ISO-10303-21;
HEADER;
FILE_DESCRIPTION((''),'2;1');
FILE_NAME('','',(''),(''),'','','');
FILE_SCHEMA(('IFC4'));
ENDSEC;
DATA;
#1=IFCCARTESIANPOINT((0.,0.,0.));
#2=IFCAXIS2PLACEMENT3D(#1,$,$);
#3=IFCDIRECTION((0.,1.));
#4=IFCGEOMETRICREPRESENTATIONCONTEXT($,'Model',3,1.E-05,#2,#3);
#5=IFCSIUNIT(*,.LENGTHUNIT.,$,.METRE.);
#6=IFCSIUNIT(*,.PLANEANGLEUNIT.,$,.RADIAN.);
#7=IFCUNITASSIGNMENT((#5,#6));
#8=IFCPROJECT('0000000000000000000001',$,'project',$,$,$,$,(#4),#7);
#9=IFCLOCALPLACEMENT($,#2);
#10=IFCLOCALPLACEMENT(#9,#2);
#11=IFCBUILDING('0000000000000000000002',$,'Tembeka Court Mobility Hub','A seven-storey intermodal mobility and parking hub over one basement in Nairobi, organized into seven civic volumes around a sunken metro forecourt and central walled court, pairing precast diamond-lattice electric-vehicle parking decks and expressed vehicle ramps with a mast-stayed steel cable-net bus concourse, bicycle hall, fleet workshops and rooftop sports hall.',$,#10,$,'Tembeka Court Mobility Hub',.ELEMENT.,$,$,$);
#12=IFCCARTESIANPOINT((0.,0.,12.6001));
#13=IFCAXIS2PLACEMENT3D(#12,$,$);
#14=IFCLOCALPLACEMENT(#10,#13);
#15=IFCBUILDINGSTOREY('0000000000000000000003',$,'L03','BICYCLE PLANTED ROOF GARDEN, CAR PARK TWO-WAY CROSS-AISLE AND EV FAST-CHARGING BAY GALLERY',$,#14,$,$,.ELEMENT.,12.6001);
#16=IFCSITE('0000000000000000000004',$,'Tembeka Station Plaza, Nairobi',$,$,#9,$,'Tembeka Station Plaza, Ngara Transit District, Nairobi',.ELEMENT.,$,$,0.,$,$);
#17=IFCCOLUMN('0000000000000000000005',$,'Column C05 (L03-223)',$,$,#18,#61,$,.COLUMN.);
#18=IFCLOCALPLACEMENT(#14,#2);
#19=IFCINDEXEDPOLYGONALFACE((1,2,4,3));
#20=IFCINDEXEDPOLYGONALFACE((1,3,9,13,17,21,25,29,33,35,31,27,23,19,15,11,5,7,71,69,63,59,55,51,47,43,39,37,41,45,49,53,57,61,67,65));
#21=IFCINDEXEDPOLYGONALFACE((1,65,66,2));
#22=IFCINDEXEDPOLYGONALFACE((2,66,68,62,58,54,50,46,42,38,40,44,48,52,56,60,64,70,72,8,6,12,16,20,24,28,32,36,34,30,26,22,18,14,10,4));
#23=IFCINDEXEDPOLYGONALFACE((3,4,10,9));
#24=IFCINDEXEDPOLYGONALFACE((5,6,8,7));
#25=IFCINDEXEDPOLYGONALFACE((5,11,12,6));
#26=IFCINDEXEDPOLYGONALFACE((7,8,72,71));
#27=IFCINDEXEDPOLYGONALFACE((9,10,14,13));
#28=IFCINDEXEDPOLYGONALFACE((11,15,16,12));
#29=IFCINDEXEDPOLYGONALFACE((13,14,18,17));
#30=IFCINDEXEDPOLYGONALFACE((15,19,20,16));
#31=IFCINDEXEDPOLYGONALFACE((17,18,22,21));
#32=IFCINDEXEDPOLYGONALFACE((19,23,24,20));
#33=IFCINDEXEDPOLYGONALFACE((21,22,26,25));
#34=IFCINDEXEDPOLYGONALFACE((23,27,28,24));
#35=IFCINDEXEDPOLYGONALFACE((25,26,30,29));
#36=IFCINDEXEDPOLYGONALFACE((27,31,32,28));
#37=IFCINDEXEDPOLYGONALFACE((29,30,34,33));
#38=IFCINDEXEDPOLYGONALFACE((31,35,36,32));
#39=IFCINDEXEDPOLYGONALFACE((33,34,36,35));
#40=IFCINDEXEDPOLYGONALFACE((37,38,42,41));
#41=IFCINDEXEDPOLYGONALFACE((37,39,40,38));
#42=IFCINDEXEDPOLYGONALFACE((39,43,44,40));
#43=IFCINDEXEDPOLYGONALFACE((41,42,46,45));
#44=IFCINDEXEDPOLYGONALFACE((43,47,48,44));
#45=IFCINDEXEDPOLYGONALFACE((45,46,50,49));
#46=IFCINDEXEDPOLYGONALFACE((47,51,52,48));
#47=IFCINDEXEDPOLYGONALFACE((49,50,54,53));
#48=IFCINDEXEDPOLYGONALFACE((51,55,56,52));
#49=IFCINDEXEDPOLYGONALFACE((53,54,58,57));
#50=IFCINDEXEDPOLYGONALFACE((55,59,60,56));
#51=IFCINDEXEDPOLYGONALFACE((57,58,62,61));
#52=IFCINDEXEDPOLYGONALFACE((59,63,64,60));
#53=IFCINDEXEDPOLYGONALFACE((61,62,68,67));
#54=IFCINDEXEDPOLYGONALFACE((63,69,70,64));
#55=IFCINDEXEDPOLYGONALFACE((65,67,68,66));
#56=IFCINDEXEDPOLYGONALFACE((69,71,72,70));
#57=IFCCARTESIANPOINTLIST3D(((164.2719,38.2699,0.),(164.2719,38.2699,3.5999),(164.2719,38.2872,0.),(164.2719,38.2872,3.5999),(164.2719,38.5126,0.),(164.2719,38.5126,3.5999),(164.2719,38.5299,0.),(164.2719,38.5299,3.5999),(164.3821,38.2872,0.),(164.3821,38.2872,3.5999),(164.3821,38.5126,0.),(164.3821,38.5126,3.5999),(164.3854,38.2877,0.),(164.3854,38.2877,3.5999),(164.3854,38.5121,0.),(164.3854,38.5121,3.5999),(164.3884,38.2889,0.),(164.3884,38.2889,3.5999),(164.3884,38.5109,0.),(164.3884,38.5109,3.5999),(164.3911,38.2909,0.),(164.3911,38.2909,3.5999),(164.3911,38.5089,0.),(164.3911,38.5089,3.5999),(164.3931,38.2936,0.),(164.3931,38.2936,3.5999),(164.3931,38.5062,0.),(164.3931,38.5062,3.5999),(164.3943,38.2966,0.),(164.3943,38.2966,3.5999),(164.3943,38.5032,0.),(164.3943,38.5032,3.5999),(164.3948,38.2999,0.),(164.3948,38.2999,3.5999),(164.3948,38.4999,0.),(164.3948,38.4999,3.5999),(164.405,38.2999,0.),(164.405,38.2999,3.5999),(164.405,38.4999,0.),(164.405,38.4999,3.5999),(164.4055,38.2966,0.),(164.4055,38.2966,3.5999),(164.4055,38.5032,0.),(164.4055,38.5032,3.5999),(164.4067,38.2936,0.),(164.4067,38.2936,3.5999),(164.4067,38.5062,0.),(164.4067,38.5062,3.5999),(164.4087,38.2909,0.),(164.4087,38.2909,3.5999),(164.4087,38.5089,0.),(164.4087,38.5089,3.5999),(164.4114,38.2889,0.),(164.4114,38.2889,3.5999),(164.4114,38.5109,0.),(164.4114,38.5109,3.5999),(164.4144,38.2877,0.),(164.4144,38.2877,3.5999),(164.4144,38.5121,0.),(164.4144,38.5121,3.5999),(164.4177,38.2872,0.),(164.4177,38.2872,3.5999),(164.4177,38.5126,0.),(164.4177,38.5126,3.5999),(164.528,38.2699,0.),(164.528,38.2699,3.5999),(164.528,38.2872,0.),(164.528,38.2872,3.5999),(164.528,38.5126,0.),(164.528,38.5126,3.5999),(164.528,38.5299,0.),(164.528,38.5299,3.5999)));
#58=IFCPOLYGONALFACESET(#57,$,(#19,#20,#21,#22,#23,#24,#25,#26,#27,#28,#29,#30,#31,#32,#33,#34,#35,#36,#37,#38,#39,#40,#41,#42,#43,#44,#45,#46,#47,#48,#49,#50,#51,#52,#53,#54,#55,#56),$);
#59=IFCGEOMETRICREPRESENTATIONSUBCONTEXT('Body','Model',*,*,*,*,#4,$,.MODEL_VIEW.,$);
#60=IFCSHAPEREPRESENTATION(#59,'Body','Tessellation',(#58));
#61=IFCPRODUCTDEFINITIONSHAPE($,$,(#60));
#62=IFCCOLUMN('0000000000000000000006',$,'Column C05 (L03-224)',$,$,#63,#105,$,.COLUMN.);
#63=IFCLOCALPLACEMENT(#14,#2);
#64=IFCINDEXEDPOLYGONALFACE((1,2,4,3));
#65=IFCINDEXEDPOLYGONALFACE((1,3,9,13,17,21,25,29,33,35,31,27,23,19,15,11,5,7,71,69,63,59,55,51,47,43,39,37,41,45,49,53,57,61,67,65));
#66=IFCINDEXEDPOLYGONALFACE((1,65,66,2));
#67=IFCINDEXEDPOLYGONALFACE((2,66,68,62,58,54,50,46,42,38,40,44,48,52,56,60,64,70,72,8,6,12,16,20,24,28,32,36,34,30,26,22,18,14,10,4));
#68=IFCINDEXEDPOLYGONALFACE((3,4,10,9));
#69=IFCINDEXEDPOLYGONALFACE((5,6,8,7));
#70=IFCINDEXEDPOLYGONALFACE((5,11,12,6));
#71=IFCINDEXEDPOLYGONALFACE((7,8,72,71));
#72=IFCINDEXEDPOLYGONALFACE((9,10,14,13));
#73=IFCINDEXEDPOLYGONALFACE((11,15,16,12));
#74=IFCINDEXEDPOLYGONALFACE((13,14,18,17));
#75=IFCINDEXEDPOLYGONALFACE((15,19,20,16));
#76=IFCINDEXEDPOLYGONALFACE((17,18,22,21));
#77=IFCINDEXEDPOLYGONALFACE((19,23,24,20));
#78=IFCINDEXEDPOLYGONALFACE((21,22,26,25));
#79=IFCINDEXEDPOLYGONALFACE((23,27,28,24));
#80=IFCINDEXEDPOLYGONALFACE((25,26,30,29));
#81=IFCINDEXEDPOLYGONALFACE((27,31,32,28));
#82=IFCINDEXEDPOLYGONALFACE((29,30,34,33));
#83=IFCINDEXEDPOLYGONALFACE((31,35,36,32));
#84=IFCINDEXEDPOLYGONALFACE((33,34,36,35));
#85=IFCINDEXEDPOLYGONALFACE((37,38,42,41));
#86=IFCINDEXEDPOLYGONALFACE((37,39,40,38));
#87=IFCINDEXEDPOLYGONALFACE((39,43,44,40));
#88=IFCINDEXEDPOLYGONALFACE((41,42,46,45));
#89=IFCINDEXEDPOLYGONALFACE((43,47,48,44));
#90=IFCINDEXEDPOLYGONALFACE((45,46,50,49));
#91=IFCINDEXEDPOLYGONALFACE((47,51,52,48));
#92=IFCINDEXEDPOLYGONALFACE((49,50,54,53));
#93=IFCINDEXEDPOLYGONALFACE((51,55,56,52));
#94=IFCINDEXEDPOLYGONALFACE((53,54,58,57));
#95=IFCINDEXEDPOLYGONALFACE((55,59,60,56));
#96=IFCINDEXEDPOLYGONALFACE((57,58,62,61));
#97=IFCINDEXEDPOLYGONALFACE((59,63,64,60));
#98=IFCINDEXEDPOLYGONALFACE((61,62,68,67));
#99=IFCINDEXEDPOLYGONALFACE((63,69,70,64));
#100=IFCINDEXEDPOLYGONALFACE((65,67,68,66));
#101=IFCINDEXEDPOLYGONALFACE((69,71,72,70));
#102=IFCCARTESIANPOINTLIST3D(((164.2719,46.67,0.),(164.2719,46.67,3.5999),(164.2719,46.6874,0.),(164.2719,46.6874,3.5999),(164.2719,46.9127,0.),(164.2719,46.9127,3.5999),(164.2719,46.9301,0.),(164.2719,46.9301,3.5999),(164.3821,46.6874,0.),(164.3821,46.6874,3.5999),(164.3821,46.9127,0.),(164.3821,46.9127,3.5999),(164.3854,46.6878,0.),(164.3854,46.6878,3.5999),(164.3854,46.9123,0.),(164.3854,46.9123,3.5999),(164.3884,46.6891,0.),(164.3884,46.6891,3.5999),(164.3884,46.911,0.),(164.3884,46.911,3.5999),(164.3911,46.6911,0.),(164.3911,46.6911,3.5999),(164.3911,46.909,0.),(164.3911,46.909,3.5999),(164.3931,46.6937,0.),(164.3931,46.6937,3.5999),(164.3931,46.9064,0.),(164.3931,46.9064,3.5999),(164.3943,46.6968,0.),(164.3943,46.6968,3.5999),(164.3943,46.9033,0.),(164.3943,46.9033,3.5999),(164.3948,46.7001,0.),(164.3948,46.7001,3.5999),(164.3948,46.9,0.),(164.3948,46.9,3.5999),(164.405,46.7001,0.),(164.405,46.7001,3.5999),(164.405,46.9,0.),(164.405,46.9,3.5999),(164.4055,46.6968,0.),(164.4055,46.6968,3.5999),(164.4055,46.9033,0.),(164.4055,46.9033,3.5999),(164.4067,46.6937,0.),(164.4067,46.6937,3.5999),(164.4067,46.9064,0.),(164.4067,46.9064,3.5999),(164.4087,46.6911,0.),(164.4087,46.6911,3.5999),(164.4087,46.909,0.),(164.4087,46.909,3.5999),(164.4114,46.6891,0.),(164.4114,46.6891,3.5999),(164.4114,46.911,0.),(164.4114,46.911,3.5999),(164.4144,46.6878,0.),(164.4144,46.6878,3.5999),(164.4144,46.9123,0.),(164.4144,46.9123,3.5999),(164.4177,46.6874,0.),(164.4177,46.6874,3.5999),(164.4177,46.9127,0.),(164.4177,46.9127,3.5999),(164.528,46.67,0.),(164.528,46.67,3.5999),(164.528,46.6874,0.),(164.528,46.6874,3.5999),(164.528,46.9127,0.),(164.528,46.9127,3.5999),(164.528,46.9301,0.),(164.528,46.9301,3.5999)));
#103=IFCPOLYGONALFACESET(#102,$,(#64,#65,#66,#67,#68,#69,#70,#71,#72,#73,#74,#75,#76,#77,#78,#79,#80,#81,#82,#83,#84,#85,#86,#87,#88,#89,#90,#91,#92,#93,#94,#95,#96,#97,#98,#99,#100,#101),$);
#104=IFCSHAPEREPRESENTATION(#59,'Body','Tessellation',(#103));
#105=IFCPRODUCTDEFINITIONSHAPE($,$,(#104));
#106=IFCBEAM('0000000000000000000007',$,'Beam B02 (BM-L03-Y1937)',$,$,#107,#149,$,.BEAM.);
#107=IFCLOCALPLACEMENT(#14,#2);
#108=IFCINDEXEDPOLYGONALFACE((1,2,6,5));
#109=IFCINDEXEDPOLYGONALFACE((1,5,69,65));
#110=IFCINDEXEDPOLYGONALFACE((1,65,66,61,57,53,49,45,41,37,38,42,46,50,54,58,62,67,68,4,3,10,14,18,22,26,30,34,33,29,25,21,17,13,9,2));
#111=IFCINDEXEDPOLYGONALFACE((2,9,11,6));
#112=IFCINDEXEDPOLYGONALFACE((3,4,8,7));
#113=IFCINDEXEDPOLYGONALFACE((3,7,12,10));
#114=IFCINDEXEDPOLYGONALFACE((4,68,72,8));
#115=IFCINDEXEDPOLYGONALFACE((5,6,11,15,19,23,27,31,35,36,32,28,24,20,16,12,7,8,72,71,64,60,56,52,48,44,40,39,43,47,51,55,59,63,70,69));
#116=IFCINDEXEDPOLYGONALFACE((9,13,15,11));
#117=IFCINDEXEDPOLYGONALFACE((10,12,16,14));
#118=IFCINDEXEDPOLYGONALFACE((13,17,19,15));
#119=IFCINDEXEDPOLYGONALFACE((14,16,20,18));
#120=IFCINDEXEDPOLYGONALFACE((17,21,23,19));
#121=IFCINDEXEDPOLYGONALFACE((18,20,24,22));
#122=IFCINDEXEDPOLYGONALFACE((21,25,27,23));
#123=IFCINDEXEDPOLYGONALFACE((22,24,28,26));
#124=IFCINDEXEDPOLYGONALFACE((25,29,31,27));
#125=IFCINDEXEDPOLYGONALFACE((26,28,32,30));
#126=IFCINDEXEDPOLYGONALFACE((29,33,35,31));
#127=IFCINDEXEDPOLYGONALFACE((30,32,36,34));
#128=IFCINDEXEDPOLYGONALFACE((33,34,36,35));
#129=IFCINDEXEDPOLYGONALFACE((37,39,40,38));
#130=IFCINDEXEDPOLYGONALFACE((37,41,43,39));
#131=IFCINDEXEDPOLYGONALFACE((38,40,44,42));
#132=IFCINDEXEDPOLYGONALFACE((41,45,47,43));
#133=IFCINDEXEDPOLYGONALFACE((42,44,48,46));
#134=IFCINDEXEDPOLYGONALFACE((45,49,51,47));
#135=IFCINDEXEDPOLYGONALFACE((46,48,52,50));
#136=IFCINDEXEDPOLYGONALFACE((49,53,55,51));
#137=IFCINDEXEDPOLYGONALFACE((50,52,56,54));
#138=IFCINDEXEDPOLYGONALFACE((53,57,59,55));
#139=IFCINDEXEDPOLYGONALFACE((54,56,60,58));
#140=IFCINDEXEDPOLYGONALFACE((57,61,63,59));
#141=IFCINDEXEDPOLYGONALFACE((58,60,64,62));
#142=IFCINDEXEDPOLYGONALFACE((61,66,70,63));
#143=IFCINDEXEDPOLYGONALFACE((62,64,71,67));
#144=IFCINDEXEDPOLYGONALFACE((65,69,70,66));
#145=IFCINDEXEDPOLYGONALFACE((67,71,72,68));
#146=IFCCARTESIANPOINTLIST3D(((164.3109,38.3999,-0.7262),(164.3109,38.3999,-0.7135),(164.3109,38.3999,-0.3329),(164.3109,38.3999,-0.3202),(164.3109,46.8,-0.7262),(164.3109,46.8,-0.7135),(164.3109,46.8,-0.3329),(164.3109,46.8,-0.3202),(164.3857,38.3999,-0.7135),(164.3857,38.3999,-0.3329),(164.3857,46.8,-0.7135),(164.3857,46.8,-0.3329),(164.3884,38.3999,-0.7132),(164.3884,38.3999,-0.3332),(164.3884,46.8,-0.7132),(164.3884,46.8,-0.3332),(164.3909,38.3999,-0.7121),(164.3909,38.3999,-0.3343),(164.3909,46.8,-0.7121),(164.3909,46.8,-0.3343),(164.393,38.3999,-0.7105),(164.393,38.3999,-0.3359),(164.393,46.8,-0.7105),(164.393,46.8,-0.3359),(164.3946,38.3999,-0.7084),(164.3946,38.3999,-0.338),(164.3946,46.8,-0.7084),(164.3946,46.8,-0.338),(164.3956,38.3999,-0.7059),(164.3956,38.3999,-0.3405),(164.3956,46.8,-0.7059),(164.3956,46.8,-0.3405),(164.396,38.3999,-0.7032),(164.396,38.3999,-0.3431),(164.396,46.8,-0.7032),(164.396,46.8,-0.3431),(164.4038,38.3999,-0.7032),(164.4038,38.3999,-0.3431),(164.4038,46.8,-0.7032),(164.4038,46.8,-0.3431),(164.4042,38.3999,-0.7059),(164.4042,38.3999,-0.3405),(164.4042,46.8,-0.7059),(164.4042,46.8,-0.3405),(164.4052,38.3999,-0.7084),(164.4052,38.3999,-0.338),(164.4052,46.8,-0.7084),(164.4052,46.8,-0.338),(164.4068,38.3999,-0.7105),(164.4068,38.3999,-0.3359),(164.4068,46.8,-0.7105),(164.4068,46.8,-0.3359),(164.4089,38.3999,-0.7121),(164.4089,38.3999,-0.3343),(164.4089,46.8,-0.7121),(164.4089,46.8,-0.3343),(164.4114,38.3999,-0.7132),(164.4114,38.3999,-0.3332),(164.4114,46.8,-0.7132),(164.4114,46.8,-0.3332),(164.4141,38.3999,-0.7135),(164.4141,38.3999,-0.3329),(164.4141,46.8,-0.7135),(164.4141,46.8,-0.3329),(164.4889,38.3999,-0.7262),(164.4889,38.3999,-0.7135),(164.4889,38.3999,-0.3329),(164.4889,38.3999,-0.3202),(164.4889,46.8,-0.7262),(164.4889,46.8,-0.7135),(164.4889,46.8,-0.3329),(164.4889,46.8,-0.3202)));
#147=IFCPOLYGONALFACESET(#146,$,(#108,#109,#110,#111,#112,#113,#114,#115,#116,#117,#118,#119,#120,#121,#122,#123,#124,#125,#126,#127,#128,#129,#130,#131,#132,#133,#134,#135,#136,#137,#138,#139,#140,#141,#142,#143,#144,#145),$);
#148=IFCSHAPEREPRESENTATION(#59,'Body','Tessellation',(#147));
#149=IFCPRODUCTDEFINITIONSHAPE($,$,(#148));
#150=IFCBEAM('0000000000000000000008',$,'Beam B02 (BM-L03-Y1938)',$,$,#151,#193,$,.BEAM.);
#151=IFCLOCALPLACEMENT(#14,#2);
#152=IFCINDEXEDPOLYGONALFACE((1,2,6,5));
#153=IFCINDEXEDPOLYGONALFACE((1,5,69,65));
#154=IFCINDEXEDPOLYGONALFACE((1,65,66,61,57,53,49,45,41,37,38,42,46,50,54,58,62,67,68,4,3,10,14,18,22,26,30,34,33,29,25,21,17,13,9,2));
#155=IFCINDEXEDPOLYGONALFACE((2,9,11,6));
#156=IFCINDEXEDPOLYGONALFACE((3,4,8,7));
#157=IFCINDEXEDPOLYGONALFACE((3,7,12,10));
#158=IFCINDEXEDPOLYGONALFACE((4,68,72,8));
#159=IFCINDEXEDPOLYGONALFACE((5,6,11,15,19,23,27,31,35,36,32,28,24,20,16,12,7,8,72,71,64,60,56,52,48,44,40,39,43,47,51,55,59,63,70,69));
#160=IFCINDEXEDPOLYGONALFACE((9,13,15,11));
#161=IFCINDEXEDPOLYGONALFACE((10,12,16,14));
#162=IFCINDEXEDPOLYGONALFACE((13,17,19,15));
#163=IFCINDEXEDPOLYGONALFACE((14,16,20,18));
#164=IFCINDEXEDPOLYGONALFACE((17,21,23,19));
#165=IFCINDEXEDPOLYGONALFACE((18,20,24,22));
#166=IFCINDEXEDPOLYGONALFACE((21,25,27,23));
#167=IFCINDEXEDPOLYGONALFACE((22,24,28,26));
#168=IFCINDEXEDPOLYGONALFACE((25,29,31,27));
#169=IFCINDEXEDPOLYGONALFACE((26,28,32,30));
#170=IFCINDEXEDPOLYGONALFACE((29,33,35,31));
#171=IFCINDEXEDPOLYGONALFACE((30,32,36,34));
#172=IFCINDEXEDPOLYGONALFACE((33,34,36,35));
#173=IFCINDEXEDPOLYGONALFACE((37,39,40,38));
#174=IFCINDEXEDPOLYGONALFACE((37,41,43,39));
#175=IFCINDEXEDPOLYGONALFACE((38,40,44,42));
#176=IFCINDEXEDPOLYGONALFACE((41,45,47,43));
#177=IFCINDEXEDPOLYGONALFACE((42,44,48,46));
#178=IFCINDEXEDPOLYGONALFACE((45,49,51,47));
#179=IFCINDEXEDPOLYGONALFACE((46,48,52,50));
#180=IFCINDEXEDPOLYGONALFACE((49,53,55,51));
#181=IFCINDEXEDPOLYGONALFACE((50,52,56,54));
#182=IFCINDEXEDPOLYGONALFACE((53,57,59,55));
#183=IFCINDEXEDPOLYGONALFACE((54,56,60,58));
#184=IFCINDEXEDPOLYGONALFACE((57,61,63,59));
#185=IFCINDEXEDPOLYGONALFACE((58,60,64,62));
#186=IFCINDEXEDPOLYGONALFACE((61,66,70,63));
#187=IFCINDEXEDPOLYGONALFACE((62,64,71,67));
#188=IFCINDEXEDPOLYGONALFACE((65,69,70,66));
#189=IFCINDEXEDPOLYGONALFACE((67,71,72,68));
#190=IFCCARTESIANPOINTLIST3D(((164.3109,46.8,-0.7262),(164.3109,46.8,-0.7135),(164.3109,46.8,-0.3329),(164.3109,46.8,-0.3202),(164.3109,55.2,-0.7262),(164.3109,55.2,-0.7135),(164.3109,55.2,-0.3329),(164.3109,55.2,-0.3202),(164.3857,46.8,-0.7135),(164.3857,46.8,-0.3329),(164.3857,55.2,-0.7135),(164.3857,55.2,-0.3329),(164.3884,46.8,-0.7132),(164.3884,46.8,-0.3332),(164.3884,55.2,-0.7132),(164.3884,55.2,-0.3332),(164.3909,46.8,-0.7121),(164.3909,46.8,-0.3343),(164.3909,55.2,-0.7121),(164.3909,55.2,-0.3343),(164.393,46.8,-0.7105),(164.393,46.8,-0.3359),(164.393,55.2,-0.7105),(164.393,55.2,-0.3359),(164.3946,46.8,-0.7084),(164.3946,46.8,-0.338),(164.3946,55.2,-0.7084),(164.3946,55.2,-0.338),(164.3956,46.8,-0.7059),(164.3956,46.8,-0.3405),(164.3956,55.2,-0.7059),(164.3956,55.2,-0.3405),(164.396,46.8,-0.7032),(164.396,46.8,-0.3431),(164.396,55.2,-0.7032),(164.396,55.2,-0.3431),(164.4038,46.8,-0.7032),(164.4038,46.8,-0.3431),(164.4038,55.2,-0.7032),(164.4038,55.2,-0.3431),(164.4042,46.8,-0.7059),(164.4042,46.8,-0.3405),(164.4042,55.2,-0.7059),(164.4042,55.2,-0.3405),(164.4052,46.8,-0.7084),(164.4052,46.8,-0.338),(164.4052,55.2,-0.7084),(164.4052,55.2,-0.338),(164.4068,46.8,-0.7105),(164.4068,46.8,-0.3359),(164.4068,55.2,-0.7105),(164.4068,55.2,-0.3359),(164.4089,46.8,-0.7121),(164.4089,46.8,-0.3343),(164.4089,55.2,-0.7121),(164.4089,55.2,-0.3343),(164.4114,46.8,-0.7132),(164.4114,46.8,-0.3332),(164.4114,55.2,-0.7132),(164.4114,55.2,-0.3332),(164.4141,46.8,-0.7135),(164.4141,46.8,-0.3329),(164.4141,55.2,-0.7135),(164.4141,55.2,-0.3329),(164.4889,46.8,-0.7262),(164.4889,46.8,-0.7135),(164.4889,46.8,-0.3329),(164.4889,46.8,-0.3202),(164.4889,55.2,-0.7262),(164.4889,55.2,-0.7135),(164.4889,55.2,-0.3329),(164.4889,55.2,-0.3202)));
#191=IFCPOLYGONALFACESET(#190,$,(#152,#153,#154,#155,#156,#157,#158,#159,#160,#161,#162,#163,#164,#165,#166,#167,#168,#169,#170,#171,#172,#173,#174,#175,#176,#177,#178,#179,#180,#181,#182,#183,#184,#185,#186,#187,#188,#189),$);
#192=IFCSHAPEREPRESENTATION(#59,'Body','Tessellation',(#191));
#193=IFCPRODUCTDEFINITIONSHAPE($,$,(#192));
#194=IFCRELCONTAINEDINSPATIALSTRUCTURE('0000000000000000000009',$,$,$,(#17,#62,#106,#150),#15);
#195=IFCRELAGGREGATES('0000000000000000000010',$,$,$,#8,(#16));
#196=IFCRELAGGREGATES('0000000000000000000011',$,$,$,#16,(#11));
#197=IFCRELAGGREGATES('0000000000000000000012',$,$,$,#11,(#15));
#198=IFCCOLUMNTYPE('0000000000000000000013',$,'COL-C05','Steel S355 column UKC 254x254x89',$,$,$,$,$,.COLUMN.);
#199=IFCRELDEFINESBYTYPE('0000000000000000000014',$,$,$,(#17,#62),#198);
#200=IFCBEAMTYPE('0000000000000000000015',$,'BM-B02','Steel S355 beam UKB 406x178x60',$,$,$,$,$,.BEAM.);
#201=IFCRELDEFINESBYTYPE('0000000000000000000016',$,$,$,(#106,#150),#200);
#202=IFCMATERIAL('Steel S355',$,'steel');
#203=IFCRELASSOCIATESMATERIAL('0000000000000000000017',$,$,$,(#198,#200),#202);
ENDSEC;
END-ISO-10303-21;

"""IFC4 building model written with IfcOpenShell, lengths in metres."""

from ifc_helpers import new_model, si_unit, direction, frame, origin, origin_2d, place, context, subcontext, project, spatial, i_section, extrude, material, material_profile, profile_set, type_object, element, save


model = new_model("IFC4")

# Units and contexts
model_context = context("Model", 3, precision=1e-05, world=origin(), true_north=direction((0.0, 1.0)))
body_context = subcontext(model_context, "Body", "Model", "MODEL_VIEW")
ifc_project = project(units=[si_unit("LENGTHUNIT", "METRE"), si_unit("PLANEANGLEUNIT", "RADIAN")], contexts=[model_context])

# Site, building, storey
site_placement = place(None, origin())
site = spatial("IfcSite", under=ifc_project, at=site_placement, Name="Tembeka Station Plaza, Nairobi", LongName="Tembeka Station Plaza, Ngara Transit District, Nairobi", CompositionType="ELEMENT", RefElevation=0.0)
building_placement = place(site_placement, origin())
building = spatial("IfcBuilding", under=site, at=building_placement, Name="Tembeka Court Mobility Hub", Description="A seven-storey intermodal mobility and parking hub over one basement in Nairobi, organized into seven civic volumes around a sunken metro forecourt and central walled court, pairing precast diamond-lattice electric-vehicle parking decks and expressed vehicle ramps with a mast-stayed steel cable-net bus concourse, bicycle hall, fleet workshops and rooftop sports hall.", LongName="Tembeka Court Mobility Hub", CompositionType="ELEMENT")
storey_placement = place(building_placement, frame((0.0, 0.0, 12.6001)))
storey = spatial("IfcBuildingStorey", under=building, at=storey_placement, Name="L03", Description="BICYCLE PLANTED ROOF GARDEN, CAR PARK TWO-WAY CROSS-AISLE AND EV FAST-CHARGING BAY GALLERY", CompositionType="ELEMENT", Elevation=12.6001)

# Columns
ifc_material_1 = material(Name="Steel S355", Category="steel")
ifc_material_profile_1 = material_profile(ifc_material_1, i_section(OverallWidth=0.2561, OverallDepth=0.26, WebThickness=0.0103, FlangeThickness=0.0173, FilletRadius=0.0127, at=origin_2d()), Name="UKC 254x254x89")
ifc_profile_set_1 = profile_set([ifc_material_profile_1], Name="Steel S355")
column_type = type_object("IfcColumnType", Name="COL-C05", Description="Steel S355 column UKC 254x254x89", PredefinedType="COLUMN", material=ifc_profile_set_1)
for number, where, z_axis, x_axis, name in (
    (1, (164.3999, 38.3999, 0.0), (0.0, 0.0, 1.0), (1.0, 0.0, 0.0), "Column C05 (L03-223)"),
    (2, (164.3999, 46.8, 0.0), (0.0, 0.0, 1.0), (1.0, 0.0, 0.0), "Column C05 (L03-224)"),
):
    element("IfcColumn", number, at=place(storey_placement, frame(where, z_axis=z_axis, x_axis=x_axis)), inside=storey, type_object=column_type, Name=name, PredefinedType="COLUMN", context=body_context, shape_type="SweptSolid", body=[
        extrude(i_section(OverallWidth=0.2561, OverallDepth=0.26, WebThickness=0.0103, FlangeThickness=0.0173, FilletRadius=0.0127, at=origin_2d()), origin(), (0.0, 0.0, 1.0), 3.5999),
    ])

# Beams
ifc_material_profile_2 = material_profile(ifc_material_1, i_section(OverallWidth=0.178, OverallDepth=0.406, WebThickness=0.0078, FlangeThickness=0.0127, FilletRadius=0.0103, at=origin_2d()), Name="UKB 406x178x60")
ifc_profile_set_2 = profile_set([ifc_material_profile_2], Name="Steel S355")
beam_type_1 = type_object("IfcBeamType", Name="BM-B02", Description="Steel S355 beam UKB 406x178x60", PredefinedType="BEAM", material=ifc_profile_set_2)
beam_1_placement = place(storey_placement, frame((164.3999, 38.3999, -0.5232), z_axis=(0.0, 1.0, 0.0), x_axis=(-1.0, 0.0, 0.0)))
element("IfcBeam", 3, at=beam_1_placement, inside=storey, type_object=beam_type_1, Name="Beam B02 (BM-L03-Y1937)", PredefinedType="BEAM", context=body_context, shape_type="SweptSolid", body=[
    extrude(i_section(OverallWidth=0.178, OverallDepth=0.406, WebThickness=0.0078, FlangeThickness=0.0127, FilletRadius=0.0103, at=origin_2d()), origin(), (0.0, 0.0, 1.0), 8.4001),
])
beam_2_placement = place(storey_placement, frame((164.3999, 46.8, -0.5232), z_axis=(0.0, 1.0, 0.0), x_axis=(-1.0, 0.0, 0.0)))
element("IfcBeam", 4, at=beam_2_placement, inside=storey, type_object=beam_type_1, Name="Beam B02 (BM-L03-Y1938)", PredefinedType="BEAM", context=body_context, shape_type="SweptSolid", body=[
    extrude(i_section(OverallWidth=0.178, OverallDepth=0.406, WebThickness=0.0078, FlangeThickness=0.0127, FilletRadius=0.0103, at=origin_2d()), origin(), (0.0, 0.0, 1.0), 8.3999),
])

save(model, "model.ifc")
